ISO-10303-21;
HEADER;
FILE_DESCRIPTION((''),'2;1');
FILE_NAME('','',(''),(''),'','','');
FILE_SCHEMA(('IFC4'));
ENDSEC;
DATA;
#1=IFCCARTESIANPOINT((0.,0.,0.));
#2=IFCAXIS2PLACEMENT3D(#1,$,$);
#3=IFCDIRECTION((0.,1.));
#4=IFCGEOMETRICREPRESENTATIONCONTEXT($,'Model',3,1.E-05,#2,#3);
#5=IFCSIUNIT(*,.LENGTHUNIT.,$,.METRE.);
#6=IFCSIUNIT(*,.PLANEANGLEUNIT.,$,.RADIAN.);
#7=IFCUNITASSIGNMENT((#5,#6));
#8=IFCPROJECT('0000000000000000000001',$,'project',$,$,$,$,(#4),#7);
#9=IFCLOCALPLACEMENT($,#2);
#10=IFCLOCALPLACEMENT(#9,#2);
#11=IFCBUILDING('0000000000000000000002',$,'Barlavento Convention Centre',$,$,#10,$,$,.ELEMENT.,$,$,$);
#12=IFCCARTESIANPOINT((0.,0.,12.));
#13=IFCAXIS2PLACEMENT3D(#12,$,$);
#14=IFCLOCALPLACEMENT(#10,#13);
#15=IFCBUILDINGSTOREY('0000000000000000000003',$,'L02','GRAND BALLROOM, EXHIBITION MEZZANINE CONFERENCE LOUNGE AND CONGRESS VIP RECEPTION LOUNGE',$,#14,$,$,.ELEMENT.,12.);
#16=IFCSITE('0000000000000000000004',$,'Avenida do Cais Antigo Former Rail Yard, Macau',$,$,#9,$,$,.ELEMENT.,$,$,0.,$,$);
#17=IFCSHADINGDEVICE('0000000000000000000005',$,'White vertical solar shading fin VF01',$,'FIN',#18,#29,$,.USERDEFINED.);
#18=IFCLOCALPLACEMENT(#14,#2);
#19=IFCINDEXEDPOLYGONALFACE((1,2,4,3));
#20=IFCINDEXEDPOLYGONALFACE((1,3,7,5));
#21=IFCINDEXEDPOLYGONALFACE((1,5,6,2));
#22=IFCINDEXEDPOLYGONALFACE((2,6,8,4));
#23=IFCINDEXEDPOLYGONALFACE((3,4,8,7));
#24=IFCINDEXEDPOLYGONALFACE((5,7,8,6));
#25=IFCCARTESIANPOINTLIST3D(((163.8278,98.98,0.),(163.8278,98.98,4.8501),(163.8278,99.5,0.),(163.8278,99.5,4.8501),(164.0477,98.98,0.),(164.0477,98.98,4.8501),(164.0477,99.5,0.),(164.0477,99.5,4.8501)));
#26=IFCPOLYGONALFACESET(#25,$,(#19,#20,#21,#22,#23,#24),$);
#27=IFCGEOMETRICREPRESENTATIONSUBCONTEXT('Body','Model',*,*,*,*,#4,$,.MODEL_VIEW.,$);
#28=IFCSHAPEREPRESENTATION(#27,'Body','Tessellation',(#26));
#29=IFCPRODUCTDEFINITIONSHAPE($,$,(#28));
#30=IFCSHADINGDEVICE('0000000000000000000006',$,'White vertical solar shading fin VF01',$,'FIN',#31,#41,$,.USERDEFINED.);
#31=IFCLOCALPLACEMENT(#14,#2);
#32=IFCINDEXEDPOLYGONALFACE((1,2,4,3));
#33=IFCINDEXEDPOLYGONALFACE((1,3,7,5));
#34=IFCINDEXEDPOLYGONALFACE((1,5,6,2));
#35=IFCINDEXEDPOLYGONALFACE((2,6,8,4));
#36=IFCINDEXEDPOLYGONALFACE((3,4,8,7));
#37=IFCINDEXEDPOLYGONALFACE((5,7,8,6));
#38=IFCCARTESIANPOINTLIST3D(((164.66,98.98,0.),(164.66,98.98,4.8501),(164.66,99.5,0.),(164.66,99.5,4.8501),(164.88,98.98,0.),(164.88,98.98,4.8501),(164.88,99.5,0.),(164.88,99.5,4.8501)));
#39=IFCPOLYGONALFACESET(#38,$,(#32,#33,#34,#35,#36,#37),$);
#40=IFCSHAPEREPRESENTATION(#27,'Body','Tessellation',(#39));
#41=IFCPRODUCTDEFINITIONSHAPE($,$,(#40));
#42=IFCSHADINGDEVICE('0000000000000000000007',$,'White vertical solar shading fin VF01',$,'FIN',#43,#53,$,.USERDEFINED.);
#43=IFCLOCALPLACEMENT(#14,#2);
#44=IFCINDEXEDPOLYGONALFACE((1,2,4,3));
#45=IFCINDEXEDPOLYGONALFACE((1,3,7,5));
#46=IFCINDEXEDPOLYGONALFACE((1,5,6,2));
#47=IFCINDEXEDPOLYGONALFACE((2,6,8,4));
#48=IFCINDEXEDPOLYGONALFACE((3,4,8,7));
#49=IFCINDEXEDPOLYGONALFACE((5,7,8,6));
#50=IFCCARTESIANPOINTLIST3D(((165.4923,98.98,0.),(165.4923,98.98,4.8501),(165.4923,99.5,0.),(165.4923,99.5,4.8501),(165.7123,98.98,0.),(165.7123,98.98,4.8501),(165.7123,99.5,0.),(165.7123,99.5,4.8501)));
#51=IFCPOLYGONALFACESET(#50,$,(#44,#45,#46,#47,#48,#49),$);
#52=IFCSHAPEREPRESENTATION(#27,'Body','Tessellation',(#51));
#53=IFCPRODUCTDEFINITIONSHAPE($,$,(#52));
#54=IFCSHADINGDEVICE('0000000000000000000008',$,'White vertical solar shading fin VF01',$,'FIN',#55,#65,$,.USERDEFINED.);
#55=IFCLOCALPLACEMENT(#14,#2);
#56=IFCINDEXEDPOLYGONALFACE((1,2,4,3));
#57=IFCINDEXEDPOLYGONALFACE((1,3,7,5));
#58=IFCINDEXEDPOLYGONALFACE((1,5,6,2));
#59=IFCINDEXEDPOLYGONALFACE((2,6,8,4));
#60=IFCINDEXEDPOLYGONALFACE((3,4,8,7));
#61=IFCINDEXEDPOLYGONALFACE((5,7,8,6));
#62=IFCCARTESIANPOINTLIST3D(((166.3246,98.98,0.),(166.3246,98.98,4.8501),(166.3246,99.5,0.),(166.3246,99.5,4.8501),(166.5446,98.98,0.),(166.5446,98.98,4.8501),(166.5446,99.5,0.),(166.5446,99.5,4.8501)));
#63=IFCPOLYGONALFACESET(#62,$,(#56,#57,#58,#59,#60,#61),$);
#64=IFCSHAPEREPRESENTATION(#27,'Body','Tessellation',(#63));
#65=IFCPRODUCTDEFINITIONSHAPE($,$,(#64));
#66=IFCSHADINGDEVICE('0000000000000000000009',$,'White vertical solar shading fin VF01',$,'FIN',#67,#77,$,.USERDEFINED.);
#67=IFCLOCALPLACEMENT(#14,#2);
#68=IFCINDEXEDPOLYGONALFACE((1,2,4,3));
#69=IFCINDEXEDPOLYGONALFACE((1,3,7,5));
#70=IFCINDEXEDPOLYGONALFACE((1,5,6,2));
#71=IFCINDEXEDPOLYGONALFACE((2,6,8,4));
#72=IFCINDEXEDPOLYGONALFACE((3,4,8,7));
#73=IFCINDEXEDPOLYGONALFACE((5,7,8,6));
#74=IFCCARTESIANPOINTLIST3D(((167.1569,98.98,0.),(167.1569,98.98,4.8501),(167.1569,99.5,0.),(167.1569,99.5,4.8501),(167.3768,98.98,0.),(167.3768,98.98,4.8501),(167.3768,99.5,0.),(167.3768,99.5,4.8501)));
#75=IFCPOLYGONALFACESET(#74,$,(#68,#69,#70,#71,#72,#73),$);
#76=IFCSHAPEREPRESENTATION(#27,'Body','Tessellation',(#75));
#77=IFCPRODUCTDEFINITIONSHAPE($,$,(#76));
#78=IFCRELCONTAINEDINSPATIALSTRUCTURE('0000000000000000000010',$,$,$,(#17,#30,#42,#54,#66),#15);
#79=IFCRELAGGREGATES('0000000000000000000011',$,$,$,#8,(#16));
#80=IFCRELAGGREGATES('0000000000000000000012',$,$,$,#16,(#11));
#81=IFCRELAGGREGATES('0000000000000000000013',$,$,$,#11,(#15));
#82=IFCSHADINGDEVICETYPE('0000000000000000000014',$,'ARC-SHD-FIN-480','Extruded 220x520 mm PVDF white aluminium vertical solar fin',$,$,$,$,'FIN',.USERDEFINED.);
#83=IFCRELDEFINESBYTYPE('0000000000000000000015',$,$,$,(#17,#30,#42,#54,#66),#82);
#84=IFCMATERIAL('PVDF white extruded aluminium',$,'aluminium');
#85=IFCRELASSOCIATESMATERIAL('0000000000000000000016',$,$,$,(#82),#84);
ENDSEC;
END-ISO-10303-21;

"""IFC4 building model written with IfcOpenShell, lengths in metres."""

from ifc_helpers import new_model, si_unit, direction, frame, origin, origin_2d, place, context, subcontext, project, spatial, rectangle, extrude, material, type_object, element, save


model = new_model("IFC4")

# Units and contexts
model_context = context("Model", 3, precision=1e-05, world=origin(), true_north=direction((0.0, 1.0)))
body_context = subcontext(model_context, "Body", "Model", "MODEL_VIEW")
ifc_project = project(units=[si_unit("LENGTHUNIT", "METRE"), si_unit("PLANEANGLEUNIT", "RADIAN")], contexts=[model_context])

# Site, building, storey
site_placement = place(None, origin())
site = spatial("IfcSite", under=ifc_project, at=site_placement, Name="Avenida do Cais Antigo Former Rail Yard, Macau", CompositionType="ELEMENT", RefElevation=0.0)
building_placement = place(site_placement, origin())
building = spatial("IfcBuilding", under=site, at=building_placement, Name="Barlavento Convention Centre", CompositionType="ELEMENT")
storey_placement = place(building_placement, frame((0.0, 0.0, 12.0)))
storey = spatial("IfcBuildingStorey", under=building, at=storey_placement, Name="L02", Description="GRAND BALLROOM, EXHIBITION MEZZANINE CONFERENCE LOUNGE AND CONGRESS VIP RECEPTION LOUNGE", CompositionType="ELEMENT", Elevation=12.0)

# Shading devices
ifc_material_1 = material(Name="PVDF white extruded aluminium", Category="aluminium")
shading_device_type = type_object("IfcShadingDeviceType", Name="ARC-SHD-FIN-480", Description="Extruded 220x520 mm PVDF white aluminium vertical solar fin", ElementType="FIN", PredefinedType="USERDEFINED", material=ifc_material_1)
for number, where, z_axis, x_axis, name in (
    (1, (163.9377, 99.24, 0.0), (0.0, 0.0, 1.0), (1.0, 0.0, 0.0), "White vertical solar shading fin VF01"),
    (2, (164.77, 99.24, 0.0), (0.0, 0.0, 1.0), (1.0, 0.0, 0.0), "White vertical solar shading fin VF01"),
    (3, (165.6023, 99.24, 0.0), (0.0, 0.0, 1.0), (1.0, 0.0, 0.0), "White vertical solar shading fin VF01"),
    (4, (166.4346, 99.24, 0.0), (0.0, 0.0, 1.0), (1.0, 0.0, 0.0), "White vertical solar shading fin VF01"),
    (5, (167.2668, 99.24, 0.0), (0.0, 0.0, 1.0), (1.0, 0.0, 0.0), "White vertical solar shading fin VF01"),
):
    element("IfcShadingDevice", number, at=place(storey_placement, frame(where, z_axis=z_axis, x_axis=x_axis)), inside=storey, type_object=shading_device_type, Name=name, ObjectType="FIN", PredefinedType="USERDEFINED", context=body_context, shape_type="SweptSolid", body=[
        extrude(rectangle(XDim=0.22, YDim=0.52, at=origin_2d()), origin(), (0.0, 0.0, 1.0), 4.8501),
    ])

save(model, "model.ifc")
